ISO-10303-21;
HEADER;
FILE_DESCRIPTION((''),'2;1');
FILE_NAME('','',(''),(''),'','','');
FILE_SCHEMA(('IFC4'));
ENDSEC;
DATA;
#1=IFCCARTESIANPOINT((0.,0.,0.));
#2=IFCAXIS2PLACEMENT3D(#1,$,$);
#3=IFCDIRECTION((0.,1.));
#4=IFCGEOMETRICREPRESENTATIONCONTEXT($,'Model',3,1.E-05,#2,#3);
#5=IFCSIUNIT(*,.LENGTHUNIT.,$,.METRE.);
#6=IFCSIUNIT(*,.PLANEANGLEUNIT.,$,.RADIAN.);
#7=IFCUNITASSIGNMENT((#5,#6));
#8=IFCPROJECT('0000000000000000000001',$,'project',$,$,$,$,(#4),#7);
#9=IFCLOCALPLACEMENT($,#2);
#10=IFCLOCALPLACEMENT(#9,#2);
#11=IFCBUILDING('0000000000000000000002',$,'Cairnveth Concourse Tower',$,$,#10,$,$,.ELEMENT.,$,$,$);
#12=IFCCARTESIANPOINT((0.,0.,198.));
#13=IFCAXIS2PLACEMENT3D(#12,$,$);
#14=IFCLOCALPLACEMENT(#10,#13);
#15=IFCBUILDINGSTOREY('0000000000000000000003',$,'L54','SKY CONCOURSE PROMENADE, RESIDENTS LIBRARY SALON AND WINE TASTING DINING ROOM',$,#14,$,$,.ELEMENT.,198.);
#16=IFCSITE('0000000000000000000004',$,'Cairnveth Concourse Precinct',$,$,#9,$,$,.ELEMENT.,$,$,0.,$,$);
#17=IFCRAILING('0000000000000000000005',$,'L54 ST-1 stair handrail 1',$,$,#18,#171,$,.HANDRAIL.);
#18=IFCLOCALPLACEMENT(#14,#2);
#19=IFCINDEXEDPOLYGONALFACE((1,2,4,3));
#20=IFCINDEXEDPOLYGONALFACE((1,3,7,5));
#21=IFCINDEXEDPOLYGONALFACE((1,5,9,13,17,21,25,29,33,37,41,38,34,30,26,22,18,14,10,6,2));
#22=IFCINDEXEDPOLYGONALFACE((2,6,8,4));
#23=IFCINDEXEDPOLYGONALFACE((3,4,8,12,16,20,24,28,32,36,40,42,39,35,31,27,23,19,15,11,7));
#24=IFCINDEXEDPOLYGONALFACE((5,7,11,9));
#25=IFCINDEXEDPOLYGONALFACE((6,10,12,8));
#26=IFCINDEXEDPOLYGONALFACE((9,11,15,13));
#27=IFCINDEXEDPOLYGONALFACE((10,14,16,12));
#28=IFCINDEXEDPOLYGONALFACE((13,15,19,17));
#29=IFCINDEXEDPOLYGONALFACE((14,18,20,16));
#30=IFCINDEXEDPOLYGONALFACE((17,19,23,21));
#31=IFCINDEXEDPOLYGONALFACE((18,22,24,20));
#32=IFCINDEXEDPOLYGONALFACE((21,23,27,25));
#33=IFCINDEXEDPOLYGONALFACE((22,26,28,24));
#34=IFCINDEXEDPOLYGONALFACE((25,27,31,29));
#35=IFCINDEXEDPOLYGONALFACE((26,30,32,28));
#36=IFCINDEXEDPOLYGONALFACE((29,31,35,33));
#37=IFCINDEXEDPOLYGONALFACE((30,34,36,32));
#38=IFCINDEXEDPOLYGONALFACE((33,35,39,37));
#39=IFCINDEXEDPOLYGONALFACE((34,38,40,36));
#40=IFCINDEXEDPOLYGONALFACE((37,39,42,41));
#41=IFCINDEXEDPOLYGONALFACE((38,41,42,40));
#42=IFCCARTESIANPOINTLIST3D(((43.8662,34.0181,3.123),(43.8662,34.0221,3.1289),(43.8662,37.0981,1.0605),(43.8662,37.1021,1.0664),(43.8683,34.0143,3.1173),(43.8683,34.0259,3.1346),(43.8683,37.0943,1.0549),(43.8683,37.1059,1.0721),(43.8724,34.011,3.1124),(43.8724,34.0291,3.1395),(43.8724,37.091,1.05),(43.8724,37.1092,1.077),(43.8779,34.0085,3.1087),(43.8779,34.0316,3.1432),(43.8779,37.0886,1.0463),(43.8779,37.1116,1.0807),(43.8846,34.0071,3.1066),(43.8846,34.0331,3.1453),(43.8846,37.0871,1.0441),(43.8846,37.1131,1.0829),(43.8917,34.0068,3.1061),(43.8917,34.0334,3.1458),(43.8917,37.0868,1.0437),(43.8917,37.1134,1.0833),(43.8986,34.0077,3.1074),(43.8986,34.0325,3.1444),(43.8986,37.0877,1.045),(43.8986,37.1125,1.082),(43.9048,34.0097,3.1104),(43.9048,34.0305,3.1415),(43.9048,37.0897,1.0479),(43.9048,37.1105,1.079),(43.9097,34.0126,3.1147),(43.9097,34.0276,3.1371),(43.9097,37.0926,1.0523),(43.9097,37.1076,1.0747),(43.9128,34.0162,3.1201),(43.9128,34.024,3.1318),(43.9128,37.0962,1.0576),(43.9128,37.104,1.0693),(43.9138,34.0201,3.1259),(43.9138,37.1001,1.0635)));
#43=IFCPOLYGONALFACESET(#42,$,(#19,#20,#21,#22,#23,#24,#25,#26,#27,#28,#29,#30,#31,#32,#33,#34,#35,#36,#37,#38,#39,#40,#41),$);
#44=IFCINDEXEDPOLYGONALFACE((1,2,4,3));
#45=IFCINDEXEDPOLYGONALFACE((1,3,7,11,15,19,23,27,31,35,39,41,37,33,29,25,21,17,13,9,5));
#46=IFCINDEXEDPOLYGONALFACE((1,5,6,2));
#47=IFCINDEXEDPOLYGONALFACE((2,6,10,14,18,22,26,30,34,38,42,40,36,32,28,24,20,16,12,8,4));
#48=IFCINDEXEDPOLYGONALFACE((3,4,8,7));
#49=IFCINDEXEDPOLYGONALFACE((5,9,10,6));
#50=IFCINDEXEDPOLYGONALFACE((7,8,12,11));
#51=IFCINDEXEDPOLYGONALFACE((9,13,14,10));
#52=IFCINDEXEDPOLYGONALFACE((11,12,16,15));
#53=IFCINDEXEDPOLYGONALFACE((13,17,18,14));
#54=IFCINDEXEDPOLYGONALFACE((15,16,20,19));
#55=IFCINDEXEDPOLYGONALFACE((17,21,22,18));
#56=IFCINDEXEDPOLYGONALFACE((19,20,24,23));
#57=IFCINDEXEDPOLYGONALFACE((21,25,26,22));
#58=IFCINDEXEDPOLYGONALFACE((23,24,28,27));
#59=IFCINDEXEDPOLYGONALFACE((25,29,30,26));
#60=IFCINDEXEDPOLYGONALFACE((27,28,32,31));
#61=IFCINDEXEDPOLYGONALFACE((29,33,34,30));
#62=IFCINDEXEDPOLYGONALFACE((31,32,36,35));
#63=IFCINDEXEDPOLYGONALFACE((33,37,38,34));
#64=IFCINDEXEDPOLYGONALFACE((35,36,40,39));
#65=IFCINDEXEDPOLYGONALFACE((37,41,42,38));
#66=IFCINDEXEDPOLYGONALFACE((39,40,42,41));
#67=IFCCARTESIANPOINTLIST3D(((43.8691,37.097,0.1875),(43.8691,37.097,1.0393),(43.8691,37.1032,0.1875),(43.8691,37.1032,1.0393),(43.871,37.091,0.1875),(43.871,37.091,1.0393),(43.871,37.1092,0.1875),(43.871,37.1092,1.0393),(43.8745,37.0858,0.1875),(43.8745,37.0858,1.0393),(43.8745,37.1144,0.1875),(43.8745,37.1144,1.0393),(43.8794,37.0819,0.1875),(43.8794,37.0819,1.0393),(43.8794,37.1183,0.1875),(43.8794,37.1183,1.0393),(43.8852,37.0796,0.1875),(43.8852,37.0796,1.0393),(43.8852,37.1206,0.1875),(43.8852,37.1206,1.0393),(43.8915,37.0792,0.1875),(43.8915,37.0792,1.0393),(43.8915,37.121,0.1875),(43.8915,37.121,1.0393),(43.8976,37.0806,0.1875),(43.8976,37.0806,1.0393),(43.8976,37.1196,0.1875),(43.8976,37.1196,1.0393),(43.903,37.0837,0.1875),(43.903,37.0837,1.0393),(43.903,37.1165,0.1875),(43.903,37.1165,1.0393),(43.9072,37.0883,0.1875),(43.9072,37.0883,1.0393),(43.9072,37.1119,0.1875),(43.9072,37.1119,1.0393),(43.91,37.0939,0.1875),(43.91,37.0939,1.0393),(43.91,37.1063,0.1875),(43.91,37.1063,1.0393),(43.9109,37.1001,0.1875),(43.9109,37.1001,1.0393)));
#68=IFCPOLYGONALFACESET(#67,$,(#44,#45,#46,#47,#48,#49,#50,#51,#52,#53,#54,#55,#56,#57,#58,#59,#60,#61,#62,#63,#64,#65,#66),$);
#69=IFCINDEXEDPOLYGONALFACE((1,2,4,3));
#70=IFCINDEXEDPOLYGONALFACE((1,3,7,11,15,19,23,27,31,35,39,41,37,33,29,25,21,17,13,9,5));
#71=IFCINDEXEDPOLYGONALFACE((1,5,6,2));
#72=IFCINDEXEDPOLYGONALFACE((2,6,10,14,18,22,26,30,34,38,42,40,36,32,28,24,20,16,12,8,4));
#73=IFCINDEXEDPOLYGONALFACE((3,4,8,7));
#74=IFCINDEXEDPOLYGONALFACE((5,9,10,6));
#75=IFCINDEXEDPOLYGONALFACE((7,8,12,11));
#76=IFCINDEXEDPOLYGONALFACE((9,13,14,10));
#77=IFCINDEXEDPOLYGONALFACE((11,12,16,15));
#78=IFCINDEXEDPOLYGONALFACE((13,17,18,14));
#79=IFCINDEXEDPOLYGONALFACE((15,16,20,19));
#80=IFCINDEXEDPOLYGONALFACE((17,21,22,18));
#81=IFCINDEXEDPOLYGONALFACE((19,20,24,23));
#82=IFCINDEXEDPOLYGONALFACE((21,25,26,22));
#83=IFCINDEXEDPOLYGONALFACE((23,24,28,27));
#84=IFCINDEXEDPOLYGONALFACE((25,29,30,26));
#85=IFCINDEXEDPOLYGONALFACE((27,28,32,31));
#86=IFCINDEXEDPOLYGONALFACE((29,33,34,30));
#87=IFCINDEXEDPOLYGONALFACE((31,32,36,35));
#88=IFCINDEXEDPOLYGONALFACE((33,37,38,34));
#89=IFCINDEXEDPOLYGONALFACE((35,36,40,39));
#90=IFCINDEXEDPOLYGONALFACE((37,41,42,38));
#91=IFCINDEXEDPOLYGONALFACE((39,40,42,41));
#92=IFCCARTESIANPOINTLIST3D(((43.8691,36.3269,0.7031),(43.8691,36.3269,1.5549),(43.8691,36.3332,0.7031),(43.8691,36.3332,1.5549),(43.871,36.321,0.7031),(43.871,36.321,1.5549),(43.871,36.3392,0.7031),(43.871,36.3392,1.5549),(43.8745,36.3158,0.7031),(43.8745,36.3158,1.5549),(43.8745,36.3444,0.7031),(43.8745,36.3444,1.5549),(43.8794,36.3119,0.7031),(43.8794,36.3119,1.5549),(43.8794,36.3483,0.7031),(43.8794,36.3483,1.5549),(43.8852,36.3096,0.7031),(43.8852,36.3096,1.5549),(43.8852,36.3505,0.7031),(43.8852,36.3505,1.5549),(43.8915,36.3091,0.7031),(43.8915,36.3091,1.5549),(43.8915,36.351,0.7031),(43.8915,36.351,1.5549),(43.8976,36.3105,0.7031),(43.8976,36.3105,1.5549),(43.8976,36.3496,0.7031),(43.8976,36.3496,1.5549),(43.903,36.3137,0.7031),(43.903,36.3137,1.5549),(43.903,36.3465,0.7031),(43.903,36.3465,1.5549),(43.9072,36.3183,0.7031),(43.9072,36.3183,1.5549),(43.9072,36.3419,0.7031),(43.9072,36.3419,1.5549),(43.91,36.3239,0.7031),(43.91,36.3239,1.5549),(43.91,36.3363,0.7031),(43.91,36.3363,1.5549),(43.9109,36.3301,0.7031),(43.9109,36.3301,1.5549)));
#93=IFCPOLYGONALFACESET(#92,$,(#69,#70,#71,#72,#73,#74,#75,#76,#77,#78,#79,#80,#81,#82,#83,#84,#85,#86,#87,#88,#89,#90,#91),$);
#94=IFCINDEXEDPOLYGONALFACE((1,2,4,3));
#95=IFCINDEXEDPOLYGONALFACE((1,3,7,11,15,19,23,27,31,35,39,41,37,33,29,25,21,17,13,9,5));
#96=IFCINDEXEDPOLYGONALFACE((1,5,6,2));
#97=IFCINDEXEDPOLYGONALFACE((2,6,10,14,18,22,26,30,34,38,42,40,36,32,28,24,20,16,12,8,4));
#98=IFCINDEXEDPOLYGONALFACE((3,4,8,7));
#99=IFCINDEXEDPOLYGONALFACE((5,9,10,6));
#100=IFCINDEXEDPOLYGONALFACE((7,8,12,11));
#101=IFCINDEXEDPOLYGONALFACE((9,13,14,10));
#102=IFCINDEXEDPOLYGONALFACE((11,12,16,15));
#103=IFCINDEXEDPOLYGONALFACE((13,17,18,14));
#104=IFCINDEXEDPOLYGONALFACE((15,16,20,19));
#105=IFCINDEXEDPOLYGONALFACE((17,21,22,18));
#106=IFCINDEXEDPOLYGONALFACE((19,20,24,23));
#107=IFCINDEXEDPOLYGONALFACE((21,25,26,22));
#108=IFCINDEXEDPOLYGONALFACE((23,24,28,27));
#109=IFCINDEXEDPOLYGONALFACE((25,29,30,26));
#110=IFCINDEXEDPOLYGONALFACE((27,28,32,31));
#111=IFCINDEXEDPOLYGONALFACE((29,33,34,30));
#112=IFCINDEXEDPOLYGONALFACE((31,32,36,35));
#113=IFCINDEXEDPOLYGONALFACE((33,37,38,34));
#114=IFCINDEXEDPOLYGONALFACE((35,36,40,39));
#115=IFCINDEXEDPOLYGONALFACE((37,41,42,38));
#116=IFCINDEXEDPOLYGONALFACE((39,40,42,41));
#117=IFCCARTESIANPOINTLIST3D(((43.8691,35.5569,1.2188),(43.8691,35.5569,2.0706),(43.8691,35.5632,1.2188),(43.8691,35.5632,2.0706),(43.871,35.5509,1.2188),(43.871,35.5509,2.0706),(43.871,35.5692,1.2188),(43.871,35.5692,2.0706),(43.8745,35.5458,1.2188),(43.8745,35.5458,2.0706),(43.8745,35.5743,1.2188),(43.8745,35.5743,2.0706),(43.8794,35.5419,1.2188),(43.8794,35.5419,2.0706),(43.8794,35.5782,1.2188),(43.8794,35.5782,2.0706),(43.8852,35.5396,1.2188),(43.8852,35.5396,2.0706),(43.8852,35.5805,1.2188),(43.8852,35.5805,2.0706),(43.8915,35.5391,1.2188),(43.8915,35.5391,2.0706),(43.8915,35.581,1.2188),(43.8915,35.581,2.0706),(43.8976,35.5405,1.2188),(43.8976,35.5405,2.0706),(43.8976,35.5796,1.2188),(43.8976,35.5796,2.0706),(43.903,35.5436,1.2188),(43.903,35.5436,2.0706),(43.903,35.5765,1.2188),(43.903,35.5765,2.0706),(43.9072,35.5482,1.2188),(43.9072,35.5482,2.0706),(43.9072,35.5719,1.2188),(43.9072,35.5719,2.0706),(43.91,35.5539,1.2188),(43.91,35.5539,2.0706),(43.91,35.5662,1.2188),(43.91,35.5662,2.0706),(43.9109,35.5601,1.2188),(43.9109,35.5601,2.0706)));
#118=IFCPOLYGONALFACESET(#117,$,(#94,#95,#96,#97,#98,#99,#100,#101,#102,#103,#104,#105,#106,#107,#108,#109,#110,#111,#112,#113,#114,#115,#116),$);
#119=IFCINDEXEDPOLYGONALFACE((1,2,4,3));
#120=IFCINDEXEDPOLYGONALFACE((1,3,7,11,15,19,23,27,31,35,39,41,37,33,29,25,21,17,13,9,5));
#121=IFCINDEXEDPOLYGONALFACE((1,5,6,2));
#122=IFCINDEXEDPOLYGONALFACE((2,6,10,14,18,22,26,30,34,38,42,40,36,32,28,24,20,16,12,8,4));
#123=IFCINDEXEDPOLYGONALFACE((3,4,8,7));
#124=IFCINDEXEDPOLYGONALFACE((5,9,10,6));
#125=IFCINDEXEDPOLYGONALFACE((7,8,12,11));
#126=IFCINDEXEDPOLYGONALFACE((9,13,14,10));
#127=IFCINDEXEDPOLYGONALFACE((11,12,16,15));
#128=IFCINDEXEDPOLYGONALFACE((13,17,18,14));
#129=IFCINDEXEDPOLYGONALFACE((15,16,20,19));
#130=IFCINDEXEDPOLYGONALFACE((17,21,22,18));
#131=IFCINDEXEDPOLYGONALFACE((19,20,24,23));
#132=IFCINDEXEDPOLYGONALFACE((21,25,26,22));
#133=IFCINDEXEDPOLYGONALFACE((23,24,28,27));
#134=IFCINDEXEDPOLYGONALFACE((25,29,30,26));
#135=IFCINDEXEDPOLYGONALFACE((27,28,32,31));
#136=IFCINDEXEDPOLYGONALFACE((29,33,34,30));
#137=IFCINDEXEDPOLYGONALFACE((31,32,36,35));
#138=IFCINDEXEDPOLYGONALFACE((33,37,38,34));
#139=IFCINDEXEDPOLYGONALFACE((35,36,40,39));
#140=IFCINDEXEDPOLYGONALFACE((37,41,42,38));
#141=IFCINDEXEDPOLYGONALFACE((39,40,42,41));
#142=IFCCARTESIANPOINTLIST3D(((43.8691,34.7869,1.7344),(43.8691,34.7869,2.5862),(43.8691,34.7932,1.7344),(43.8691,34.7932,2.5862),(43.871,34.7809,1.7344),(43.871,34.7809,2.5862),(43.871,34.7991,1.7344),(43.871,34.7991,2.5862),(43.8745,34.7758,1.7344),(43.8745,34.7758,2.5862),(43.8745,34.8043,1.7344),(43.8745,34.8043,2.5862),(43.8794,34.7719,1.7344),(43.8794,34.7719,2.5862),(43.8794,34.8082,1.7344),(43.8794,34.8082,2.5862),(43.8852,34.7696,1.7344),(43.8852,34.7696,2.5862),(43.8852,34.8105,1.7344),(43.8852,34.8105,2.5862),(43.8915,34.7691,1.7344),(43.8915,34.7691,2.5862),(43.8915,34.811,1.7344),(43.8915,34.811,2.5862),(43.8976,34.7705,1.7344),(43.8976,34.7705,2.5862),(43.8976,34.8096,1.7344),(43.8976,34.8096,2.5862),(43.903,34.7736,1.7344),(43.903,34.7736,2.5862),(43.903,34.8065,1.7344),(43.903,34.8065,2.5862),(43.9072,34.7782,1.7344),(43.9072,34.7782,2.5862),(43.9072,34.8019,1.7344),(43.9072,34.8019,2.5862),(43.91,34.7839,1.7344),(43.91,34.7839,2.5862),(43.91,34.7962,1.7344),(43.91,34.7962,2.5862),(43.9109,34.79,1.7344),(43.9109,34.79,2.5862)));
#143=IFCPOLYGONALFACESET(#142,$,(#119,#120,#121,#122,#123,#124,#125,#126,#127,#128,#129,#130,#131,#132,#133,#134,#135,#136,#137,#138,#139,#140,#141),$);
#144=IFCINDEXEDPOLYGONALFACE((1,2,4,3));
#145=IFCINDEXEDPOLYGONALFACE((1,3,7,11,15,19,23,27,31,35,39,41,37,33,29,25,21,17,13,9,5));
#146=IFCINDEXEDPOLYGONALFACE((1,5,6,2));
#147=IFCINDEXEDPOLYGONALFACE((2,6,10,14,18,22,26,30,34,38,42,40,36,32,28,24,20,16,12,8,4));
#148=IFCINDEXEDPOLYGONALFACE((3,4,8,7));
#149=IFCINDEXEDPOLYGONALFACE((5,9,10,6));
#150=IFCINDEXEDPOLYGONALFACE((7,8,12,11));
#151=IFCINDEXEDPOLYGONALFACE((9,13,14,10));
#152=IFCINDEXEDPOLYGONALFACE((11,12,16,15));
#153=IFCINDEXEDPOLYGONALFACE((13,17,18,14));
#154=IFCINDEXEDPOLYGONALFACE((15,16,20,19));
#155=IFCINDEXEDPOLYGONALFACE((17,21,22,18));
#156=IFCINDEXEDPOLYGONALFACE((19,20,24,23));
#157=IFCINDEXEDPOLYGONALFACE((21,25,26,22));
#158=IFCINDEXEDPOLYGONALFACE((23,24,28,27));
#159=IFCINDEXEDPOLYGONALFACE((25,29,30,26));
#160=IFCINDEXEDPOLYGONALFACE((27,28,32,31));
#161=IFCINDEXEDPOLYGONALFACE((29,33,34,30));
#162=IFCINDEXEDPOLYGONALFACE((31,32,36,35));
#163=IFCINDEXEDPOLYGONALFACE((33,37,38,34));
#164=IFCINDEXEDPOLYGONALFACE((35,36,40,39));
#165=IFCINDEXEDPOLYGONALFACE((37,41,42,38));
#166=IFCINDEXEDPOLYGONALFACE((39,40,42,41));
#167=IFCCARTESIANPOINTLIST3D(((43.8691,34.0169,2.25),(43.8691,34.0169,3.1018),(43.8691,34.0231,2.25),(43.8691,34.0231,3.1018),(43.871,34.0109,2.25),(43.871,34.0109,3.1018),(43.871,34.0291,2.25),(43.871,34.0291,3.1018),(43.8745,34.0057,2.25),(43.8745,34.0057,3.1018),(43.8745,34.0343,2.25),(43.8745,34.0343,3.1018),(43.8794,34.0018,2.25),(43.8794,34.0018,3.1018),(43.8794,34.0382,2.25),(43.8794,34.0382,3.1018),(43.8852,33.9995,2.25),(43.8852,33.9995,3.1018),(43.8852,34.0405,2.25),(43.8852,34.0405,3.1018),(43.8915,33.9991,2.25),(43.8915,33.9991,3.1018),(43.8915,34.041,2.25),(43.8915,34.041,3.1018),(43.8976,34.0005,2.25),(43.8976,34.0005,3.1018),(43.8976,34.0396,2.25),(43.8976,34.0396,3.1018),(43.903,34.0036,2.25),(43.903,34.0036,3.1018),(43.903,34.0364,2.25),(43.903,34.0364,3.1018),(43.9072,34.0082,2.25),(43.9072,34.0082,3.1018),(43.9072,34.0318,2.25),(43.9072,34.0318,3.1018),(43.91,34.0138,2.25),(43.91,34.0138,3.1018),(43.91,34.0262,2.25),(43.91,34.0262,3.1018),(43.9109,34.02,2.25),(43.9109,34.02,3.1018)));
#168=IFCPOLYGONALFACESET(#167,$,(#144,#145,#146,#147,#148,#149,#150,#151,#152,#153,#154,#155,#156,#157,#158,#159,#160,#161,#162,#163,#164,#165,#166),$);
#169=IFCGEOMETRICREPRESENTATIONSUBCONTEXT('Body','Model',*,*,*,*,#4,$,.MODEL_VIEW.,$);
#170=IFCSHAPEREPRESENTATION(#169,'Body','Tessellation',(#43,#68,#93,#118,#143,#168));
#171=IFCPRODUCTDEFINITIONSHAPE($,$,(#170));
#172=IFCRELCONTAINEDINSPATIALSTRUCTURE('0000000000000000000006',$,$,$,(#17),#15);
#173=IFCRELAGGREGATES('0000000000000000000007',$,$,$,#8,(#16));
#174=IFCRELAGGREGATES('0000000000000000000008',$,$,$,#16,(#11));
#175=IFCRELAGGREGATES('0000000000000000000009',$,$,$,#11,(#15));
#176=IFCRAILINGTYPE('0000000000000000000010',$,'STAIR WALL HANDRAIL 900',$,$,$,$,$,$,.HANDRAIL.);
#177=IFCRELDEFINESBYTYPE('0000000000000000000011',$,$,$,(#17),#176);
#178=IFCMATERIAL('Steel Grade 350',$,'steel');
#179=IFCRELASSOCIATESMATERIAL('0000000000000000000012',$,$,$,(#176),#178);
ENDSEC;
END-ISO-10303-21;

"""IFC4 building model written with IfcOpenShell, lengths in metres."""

from ifc_helpers import new_model, si_unit, direction, frame, origin, origin_2d, place, context, subcontext, project, spatial, circle, extrude, material, type_object, element, save


model = new_model("IFC4")

# Units and contexts
model_context = context("Model", 3, precision=1e-05, world=origin(), true_north=direction((0.0, 1.0)))
body_context = subcontext(model_context, "Body", "Model", "MODEL_VIEW")
ifc_project = project(units=[si_unit("LENGTHUNIT", "METRE"), si_unit("PLANEANGLEUNIT", "RADIAN")], contexts=[model_context])

# Site, building, storey
site_placement = place(None, origin())
site = spatial("IfcSite", under=ifc_project, at=site_placement, Name="Cairnveth Concourse Precinct", CompositionType="ELEMENT", RefElevation=0.0)
building_placement = place(site_placement, origin())
building = spatial("IfcBuilding", under=site, at=building_placement, Name="Cairnveth Concourse Tower", CompositionType="ELEMENT")
storey_placement = place(building_placement, frame((0.0, 0.0, 198.0)))
storey = spatial("IfcBuildingStorey", under=building, at=storey_placement, Name="L54", Description="SKY CONCOURSE PROMENADE, RESIDENTS LIBRARY SALON AND WINE TASTING DINING ROOM", CompositionType="ELEMENT", Elevation=198.0)

# Shared definitions
ifc_material_1 = material(Name="Steel Grade 350", Category="steel")

# Railing
railing_type_1 = type_object("IfcRailingType", Name="STAIR WALL HANDRAIL 900", PredefinedType="HANDRAIL", material=ifc_material_1)
railing_1_placement = place(storey_placement, frame((43.8899, 37.1001, 0.1875)))
element("IfcRailing", 1, at=railing_1_placement, inside=storey, type_object=railing_type_1, Name="L54 ST-1 stair handrail 1", PredefinedType="HANDRAIL", context=body_context, shape_type="SweptSolid", body=[
    extrude(circle(Radius=0.0239, at=origin_2d()), frame((0.0, 0.0, 0.876), z_axis=(0.0, -0.830914, 0.556401), x_axis=(1.0, 0.0, 0.0)), (0.0, 0.0, 1.0), 3.7068),
    extrude(circle(Radius=0.021, at=origin_2d()), origin(), (0.0, 0.0, 1.0), 0.8518),
    extrude(circle(Radius=0.021, at=origin_2d()), frame((0.0, -0.77, 0.5156)), (0.0, 0.0, 1.0), 0.8518),
    extrude(circle(Radius=0.021, at=origin_2d()), frame((0.0, -1.54, 1.0312)), (0.0, 0.0, 1.0), 0.8518),
    extrude(circle(Radius=0.021, at=origin_2d()), frame((0.0, -2.3101, 1.5469)), (0.0, 0.0, 1.0), 0.8518),
    extrude(circle(Radius=0.021, at=origin_2d()), frame((0.0, -3.0801, 2.0625)), (0.0, 0.0, 1.0), 0.8518),
])

save(model, "model.ifc")
